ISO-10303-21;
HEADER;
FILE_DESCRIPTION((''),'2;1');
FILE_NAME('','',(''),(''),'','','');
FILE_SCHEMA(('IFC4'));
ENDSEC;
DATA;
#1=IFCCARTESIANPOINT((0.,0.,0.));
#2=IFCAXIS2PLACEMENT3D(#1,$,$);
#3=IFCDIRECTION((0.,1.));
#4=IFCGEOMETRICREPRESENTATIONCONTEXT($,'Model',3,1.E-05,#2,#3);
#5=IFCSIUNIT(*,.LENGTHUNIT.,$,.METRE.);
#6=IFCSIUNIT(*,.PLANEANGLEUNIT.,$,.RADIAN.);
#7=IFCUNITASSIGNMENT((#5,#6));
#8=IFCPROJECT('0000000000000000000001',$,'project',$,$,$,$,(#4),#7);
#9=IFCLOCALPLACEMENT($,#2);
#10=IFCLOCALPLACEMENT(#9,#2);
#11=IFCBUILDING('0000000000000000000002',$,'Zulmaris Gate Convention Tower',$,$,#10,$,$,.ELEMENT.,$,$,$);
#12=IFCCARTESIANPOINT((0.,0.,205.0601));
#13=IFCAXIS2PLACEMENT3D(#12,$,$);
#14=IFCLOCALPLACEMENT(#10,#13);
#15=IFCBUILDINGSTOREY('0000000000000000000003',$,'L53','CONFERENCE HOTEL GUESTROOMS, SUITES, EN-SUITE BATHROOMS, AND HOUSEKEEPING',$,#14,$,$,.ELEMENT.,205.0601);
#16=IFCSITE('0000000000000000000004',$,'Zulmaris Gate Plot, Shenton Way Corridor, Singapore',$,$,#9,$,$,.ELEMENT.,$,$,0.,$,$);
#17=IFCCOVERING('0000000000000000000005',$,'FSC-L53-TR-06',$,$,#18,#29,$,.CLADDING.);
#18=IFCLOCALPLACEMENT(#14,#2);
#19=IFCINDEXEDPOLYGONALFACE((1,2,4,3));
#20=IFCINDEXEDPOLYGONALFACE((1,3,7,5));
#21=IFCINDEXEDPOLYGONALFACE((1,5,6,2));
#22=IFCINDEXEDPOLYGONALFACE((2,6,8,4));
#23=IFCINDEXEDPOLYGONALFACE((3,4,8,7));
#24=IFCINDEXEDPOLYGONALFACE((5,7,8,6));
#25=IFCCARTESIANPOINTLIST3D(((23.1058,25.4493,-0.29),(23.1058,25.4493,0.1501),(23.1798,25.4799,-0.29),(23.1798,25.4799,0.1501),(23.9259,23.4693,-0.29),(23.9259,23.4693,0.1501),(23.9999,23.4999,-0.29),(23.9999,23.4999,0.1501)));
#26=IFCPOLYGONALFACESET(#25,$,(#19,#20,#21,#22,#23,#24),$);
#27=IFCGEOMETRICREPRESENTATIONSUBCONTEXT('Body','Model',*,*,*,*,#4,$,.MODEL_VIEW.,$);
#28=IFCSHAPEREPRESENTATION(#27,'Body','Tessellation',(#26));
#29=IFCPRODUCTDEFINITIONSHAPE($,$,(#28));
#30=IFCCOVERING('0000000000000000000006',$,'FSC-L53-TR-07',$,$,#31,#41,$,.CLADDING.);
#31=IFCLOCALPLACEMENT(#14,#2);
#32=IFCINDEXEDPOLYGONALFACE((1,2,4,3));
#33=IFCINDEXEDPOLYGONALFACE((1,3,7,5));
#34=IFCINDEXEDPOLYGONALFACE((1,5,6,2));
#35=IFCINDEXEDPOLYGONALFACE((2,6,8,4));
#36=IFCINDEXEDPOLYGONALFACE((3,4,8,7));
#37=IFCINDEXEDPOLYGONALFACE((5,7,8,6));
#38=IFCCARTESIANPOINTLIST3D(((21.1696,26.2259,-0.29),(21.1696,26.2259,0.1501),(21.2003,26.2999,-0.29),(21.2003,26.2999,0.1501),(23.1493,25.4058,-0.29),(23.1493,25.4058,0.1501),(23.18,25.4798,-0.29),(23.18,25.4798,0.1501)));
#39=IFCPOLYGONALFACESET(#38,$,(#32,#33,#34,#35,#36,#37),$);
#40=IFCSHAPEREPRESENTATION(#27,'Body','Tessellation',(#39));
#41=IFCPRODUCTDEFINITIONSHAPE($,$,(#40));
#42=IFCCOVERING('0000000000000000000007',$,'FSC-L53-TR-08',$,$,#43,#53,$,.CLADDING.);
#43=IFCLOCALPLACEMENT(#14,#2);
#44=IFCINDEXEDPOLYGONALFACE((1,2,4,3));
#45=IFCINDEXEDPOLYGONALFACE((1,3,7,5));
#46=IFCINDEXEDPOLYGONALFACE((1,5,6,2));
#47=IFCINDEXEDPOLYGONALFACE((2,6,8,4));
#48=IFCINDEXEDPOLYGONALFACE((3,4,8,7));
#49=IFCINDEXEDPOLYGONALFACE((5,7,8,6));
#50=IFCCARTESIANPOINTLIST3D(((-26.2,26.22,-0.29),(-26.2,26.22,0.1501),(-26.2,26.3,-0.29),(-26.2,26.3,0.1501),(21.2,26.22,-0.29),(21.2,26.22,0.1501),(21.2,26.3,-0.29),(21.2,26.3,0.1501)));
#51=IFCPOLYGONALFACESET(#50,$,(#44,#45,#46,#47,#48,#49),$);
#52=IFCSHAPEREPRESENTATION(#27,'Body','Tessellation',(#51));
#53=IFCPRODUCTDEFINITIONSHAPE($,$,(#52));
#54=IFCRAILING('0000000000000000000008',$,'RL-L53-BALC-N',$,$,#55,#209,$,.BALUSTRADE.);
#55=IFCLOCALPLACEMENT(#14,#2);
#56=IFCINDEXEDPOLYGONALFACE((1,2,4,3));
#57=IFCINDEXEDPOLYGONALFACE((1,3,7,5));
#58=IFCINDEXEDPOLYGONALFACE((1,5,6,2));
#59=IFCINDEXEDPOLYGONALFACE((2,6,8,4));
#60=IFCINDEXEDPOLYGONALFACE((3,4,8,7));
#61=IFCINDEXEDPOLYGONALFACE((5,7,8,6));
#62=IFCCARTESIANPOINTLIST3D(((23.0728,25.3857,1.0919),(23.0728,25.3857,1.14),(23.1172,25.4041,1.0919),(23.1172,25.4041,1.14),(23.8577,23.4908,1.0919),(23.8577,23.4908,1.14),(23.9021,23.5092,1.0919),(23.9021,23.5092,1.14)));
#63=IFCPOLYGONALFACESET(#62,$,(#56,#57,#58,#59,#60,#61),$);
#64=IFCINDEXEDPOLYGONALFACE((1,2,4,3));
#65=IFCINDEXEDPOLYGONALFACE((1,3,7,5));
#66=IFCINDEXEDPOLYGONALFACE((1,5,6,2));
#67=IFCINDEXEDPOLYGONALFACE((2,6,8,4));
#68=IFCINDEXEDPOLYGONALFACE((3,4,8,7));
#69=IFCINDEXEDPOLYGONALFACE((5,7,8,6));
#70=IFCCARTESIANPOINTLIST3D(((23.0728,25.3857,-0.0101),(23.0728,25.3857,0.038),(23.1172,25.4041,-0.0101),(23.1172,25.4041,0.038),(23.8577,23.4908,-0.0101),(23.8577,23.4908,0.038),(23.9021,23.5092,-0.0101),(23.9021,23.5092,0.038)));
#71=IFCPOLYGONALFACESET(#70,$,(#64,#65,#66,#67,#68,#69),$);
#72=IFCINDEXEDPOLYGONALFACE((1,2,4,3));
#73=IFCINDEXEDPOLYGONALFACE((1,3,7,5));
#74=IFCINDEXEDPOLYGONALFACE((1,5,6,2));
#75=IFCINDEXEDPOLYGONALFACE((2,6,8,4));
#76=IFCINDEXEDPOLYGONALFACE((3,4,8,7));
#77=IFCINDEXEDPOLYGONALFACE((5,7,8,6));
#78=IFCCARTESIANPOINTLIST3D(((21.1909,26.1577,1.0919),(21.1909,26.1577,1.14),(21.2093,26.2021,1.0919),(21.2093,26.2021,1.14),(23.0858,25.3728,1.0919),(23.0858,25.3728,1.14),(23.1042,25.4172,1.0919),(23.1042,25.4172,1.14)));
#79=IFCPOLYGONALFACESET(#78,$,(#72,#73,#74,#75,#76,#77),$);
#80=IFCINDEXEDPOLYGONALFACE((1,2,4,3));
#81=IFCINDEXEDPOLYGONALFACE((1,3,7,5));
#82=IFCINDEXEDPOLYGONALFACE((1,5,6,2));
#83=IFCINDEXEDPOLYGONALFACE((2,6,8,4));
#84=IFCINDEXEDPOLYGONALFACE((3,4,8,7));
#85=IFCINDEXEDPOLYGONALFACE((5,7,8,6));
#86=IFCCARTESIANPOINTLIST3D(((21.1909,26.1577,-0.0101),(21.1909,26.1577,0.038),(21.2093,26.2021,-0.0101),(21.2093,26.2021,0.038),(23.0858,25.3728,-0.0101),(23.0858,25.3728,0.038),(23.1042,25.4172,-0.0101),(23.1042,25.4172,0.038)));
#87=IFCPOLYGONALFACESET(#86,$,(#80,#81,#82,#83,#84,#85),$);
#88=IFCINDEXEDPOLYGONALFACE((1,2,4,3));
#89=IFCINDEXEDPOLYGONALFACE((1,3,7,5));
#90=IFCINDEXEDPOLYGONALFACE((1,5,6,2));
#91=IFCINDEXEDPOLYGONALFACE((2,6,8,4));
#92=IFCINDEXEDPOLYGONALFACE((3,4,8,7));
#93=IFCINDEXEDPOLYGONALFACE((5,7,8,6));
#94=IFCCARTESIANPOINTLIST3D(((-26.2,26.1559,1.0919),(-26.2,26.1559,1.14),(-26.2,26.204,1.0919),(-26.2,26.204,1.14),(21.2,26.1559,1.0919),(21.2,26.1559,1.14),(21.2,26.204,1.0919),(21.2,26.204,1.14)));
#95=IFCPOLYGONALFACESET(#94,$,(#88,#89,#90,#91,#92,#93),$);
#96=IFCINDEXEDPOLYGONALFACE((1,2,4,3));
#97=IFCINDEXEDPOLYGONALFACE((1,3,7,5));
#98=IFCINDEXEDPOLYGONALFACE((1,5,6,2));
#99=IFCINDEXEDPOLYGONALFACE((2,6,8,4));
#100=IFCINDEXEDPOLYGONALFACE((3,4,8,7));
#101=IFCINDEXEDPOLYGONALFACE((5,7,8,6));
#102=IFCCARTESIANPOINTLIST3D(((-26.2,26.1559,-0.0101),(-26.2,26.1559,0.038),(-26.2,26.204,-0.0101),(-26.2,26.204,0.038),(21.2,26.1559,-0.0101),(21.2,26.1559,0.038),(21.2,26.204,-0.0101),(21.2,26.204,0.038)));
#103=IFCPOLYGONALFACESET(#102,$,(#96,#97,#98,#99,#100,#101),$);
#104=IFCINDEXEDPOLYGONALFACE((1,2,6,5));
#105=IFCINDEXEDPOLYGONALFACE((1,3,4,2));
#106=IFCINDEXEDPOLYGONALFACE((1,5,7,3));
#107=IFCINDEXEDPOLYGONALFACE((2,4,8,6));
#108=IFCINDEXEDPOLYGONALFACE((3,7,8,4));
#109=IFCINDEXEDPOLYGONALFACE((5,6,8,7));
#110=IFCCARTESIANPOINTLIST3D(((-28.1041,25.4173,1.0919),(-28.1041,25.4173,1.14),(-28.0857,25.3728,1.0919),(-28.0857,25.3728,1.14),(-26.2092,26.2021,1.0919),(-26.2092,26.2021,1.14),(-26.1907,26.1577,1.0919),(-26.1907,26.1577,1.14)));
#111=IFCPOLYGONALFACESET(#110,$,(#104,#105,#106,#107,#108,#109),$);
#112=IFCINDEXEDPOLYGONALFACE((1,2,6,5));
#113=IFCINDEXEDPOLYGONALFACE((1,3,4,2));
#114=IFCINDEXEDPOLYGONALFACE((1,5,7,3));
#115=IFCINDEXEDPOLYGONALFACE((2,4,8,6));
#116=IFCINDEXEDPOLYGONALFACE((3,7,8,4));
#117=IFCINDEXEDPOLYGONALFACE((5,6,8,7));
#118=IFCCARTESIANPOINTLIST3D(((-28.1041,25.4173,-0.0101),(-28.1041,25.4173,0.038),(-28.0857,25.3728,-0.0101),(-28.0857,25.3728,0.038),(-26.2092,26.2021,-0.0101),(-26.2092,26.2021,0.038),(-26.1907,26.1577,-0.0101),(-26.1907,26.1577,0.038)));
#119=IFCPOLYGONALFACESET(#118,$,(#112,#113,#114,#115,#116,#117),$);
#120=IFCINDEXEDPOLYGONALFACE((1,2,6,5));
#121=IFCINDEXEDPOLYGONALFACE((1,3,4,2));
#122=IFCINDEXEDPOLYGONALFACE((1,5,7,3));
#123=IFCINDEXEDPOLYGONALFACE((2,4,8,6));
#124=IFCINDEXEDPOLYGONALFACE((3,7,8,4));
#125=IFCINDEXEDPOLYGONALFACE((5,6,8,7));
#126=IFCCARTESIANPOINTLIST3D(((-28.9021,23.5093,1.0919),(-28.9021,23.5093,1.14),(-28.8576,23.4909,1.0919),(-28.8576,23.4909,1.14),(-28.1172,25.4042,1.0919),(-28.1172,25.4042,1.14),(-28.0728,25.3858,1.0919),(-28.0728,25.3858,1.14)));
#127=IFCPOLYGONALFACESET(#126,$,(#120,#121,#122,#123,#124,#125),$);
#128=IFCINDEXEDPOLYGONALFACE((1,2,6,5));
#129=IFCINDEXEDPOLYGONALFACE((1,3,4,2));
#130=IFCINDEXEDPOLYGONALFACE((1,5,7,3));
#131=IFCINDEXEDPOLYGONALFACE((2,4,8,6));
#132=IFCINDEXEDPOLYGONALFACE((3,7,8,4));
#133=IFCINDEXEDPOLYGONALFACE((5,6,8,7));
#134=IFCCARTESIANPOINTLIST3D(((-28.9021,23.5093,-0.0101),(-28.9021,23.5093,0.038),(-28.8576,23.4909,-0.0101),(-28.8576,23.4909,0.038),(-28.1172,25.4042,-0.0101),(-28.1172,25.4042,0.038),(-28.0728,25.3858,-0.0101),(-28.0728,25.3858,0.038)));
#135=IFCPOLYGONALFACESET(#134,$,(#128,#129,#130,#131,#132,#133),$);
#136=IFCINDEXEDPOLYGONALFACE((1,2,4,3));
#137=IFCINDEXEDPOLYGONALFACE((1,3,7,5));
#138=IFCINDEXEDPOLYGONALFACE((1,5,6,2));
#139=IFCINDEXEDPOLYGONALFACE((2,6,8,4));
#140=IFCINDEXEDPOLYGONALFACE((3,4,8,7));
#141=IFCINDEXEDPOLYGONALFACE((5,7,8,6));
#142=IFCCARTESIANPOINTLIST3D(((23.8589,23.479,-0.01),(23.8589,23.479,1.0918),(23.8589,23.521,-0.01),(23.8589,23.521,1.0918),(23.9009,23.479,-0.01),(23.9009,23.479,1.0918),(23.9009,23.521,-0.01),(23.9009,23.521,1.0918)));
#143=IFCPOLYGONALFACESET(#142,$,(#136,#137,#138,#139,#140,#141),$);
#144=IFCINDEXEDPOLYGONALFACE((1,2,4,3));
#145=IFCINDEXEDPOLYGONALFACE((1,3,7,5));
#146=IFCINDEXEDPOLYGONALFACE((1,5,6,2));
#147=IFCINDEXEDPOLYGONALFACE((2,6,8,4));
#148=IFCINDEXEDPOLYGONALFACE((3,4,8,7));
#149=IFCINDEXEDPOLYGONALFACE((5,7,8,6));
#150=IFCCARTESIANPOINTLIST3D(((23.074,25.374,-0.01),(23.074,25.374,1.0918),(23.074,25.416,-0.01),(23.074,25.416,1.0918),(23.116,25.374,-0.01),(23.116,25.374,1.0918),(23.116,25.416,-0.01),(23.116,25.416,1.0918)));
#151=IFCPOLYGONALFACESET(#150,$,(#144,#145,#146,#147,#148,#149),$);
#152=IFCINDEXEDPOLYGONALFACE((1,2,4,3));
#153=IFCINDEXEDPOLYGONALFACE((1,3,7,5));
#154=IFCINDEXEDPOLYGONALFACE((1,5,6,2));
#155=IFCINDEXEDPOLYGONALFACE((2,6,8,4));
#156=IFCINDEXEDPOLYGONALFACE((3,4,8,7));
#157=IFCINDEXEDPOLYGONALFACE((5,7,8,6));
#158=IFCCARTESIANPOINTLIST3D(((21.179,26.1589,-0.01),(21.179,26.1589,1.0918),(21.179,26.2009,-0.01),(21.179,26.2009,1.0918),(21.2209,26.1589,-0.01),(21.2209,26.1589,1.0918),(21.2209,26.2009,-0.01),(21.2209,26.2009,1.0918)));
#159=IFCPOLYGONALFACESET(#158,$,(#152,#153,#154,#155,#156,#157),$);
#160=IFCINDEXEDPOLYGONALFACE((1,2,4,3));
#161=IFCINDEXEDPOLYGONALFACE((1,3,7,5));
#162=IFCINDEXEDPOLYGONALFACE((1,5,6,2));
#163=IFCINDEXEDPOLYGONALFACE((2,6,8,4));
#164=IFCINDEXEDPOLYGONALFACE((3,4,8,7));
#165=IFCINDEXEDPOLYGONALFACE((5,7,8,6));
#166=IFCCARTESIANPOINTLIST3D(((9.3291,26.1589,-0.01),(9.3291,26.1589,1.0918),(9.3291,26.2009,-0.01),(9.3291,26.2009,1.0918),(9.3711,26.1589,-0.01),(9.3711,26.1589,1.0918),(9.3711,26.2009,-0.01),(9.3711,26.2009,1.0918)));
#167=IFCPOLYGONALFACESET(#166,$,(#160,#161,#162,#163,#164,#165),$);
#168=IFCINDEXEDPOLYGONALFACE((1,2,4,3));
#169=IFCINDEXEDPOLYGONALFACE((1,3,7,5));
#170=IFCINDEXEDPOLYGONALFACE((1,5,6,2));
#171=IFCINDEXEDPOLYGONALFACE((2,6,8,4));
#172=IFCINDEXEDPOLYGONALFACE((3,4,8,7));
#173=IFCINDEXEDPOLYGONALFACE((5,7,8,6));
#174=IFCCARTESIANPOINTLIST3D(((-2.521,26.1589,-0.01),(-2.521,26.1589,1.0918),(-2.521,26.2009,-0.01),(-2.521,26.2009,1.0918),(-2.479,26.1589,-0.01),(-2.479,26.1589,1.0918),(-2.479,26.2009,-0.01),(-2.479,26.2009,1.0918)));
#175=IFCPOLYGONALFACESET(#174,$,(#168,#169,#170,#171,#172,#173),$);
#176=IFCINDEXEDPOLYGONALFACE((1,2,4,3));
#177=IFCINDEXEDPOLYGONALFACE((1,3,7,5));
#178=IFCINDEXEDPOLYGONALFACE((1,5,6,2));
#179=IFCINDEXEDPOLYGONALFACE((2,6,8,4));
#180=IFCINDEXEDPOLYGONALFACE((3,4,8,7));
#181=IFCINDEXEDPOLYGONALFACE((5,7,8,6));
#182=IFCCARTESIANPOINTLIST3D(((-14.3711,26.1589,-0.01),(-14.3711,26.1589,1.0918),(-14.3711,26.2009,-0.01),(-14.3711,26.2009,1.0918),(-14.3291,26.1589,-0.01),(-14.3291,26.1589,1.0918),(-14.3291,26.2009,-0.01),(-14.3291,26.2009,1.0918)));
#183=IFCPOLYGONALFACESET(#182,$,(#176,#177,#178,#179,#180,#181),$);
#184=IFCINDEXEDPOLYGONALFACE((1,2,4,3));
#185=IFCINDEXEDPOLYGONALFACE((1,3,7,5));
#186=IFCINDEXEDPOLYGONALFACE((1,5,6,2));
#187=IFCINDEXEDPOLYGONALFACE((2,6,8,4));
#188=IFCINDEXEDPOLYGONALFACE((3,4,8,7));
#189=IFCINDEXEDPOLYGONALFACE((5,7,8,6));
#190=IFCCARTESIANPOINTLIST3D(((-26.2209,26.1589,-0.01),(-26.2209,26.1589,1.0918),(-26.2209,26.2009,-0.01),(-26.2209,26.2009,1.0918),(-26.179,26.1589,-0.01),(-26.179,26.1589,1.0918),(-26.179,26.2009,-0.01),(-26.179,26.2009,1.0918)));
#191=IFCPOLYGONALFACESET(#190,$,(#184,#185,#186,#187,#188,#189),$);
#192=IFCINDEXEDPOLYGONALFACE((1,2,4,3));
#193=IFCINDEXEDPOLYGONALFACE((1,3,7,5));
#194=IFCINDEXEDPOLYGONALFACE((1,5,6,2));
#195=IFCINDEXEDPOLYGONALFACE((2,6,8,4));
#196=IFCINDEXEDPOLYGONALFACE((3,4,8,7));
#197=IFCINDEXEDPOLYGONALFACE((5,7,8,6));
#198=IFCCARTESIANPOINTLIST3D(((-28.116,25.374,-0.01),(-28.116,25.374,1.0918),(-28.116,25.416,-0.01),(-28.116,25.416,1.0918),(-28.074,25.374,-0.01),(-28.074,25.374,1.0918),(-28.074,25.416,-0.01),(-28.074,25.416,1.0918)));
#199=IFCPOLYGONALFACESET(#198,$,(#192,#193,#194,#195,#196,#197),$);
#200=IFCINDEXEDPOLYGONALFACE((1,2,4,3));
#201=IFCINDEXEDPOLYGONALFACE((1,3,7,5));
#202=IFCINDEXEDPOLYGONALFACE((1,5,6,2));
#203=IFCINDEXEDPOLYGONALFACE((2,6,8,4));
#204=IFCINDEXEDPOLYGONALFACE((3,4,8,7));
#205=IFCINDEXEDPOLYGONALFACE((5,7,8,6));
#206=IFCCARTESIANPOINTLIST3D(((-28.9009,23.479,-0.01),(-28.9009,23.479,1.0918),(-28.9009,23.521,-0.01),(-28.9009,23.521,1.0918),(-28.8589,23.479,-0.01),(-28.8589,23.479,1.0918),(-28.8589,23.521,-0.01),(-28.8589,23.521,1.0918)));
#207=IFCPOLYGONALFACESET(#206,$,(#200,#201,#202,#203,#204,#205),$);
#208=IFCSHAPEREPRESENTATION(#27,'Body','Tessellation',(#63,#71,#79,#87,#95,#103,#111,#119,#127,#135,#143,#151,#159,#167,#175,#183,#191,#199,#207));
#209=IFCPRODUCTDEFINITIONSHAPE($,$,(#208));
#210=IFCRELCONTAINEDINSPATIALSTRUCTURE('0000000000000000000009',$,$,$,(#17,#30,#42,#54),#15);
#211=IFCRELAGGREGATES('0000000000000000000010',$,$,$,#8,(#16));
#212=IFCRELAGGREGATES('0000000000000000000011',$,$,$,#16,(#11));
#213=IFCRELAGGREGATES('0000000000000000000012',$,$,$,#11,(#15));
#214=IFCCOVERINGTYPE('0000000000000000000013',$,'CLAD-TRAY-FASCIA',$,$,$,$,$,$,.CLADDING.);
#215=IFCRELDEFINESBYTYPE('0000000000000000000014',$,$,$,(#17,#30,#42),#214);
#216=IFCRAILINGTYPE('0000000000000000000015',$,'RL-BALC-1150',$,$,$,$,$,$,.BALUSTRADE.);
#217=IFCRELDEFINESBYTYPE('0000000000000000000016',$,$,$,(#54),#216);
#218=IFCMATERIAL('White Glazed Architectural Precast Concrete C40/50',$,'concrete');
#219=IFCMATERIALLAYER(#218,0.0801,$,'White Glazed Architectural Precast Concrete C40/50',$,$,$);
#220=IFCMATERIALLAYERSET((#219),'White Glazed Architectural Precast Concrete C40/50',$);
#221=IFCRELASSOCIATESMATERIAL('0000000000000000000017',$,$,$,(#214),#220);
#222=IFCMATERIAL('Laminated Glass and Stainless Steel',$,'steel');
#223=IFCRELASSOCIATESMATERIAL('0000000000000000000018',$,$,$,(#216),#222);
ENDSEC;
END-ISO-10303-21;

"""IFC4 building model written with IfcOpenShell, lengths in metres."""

from ifc_helpers import new_model, si_unit, direction, frame, frame_2d, origin, origin_2d, place, context, subcontext, project, spatial, rectangle, extrude, material, layer, layer_set, type_object, element, save


model = new_model("IFC4")

# Units and contexts
model_context = context("Model", 3, precision=1e-05, world=origin(), true_north=direction((0.0, 1.0)))
body_context = subcontext(model_context, "Body", "Model", "MODEL_VIEW")
ifc_project = project(units=[si_unit("LENGTHUNIT", "METRE"), si_unit("PLANEANGLEUNIT", "RADIAN")], contexts=[model_context])

# Site, building, storey
site_placement = place(None, origin())
site = spatial("IfcSite", under=ifc_project, at=site_placement, Name="Zulmaris Gate Plot, Shenton Way Corridor, Singapore", CompositionType="ELEMENT", RefElevation=0.0)
building_placement = place(site_placement, origin())
building = spatial("IfcBuilding", under=site, at=building_placement, Name="Zulmaris Gate Convention Tower", CompositionType="ELEMENT")
storey_placement = place(building_placement, frame((0.0, 0.0, 205.0601)))
storey = spatial("IfcBuildingStorey", under=building, at=storey_placement, Name="L53", Description="CONFERENCE HOTEL GUESTROOMS, SUITES, EN-SUITE BATHROOMS, AND HOUSEKEEPING", CompositionType="ELEMENT", Elevation=205.0601)

# Coverings
ifc_material_1 = material(Name="White Glazed Architectural Precast Concrete C40/50", Category="concrete")
ifc_layer_1 = layer(ifc_material_1, 0.0801, Name="White Glazed Architectural Precast Concrete C40/50")
ifc_layer_set_1 = layer_set([ifc_layer_1], Name="White Glazed Architectural Precast Concrete C40/50")
covering_type_1 = type_object("IfcCoveringType", Name="CLAD-TRAY-FASCIA", PredefinedType="CLADDING", material=ifc_layer_set_1)
covering_1_placement = place(storey_placement, frame((23.9629, 23.4846, -0.29), z_axis=(0.0, 0.0, 1.0), x_axis=(-0.382657, 0.92389, 0.0)))
element("IfcCovering", 1, at=covering_1_placement, inside=storey, type_object=covering_type_1, Name="FSC-L53-TR-06", PredefinedType="CLADDING", context=body_context, shape_type="SweptSolid", body=[
    extrude(rectangle(XDim=2.1431, YDim=0.0801, at=frame_2d((1.0715, 0.0))), origin(), (0.0, 0.0, 1.0), 0.4402),
])
covering_2_placement = place(storey_placement, frame((23.1646, 25.4429, -0.29), z_axis=(0.0, 0.0, 1.0), x_axis=(-0.923874, 0.382697, 0.0)))
element("IfcCovering", 2, at=covering_2_placement, inside=storey, type_object=covering_type_1, Name="FSC-L53-TR-07", PredefinedType="CLADDING", context=body_context, shape_type="SweptSolid", body=[
    extrude(rectangle(XDim=2.1428, YDim=0.0801, at=frame_2d((1.0713, 0.0))), origin(), (0.0, 0.0, 1.0), 0.4402),
])
covering_3_placement = place(storey_placement, frame((21.2, 26.26, -0.29), z_axis=(0.0, 0.0, 1.0), x_axis=(-1.0, 0.0, 0.0)))
element("IfcCovering", 3, at=covering_3_placement, inside=storey, type_object=covering_type_1, Name="FSC-L53-TR-08", PredefinedType="CLADDING", context=body_context, shape_type="SweptSolid", body=[
    extrude(rectangle(XDim=47.3999, YDim=0.0801, at=frame_2d((23.7, 0.0))), origin(), (0.0, 0.0, 1.0), 0.4402),
])

# Railing
ifc_material_2 = material(Name="Laminated Glass and Stainless Steel", Category="steel")
railing_type = type_object("IfcRailingType", Name="RL-BALC-1150", PredefinedType="BALUSTRADE", material=ifc_material_2)
railing_placement = place(storey_placement, frame((23.8799, 23.5, -0.01)))
element("IfcRailing", 4, at=railing_placement, inside=storey, type_object=railing_type, Name="RL-L53-BALC-N", PredefinedType="BALUSTRADE", context=body_context, shape_type="SweptSolid", body=[
    extrude(rectangle(XDim=0.0481, YDim=0.0481, at=origin_2d()), frame((0.0, 0.0, 1.126), z_axis=(-0.382671, 0.923885, 0.0), x_axis=(-0.923885, -0.382671, 0.0)), (0.0, 0.0, 1.0), 2.051),
    extrude(rectangle(XDim=0.0481, YDim=0.0481, at=origin_2d()), frame((0.0, 0.0, 0.0239), z_axis=(-0.382671, 0.923885, 0.0), x_axis=(-0.923885, -0.382671, 0.0)), (0.0, 0.0, 1.0), 2.051),
    extrude(rectangle(XDim=0.0481, YDim=0.0481, at=origin_2d()), frame((-0.7849, 1.895, 1.126), z_axis=(-0.923885, 0.382671, 0.0), x_axis=(-0.382671, -0.923885, 0.0)), (0.0, 0.0, 1.0), 2.051),
    extrude(rectangle(XDim=0.0481, YDim=0.0481, at=origin_2d()), frame((-0.7849, 1.895, 0.0239), z_axis=(-0.923885, 0.382671, 0.0), x_axis=(-0.382671, -0.923885, 0.0)), (0.0, 0.0, 1.0), 2.051),
    extrude(rectangle(XDim=0.0481, YDim=0.0481, at=origin_2d()), frame((-2.6799, 2.6799, 1.126), z_axis=(-1.0, 0.0, 0.0), x_axis=(0.0, -1.0, 0.0)), (0.0, 0.0, 1.0), 47.3999),
    extrude(rectangle(XDim=0.0481, YDim=0.0481, at=origin_2d()), frame((-2.6799, 2.6799, 0.0239), z_axis=(-1.0, 0.0, 0.0), x_axis=(0.0, -1.0, 0.0)), (0.0, 0.0, 1.0), 47.3999),
    extrude(rectangle(XDim=0.0481, YDim=0.0481, at=origin_2d()), frame((-50.0798, 2.6799, 1.126), z_axis=(-0.923885, -0.382671, 0.0), x_axis=(0.382671, -0.923885, 0.0)), (0.0, 0.0, 1.0), 2.051),
    extrude(rectangle(XDim=0.0481, YDim=0.0481, at=origin_2d()), frame((-50.0798, 2.6799, 0.0239), z_axis=(-0.923885, -0.382671, 0.0), x_axis=(0.382671, -0.923885, 0.0)), (0.0, 0.0, 1.0), 2.051),
    extrude(rectangle(XDim=0.0481, YDim=0.0481, at=origin_2d()), frame((-51.9749, 1.895, 1.126), z_axis=(-0.382671, -0.923885, 0.0), x_axis=(0.923885, -0.382671, 0.0)), (0.0, 0.0, 1.0), 2.051),
    extrude(rectangle(XDim=0.0481, YDim=0.0481, at=origin_2d()), frame((-51.9749, 1.895, 0.0239), z_axis=(-0.382671, -0.923885, 0.0), x_axis=(0.923885, -0.382671, 0.0)), (0.0, 0.0, 1.0), 2.051),
    extrude(rectangle(XDim=0.042, YDim=0.042, at=origin_2d()), origin(), (0.0, 0.0, 1.0), 1.1018),
    extrude(rectangle(XDim=0.042, YDim=0.042, at=origin_2d()), frame((-0.7849, 1.895, 0.0)), (0.0, 0.0, 1.0), 1.1018),
    extrude(rectangle(XDim=0.042, YDim=0.042, at=origin_2d()), frame((-2.6799, 2.6799, 0.0)), (0.0, 0.0, 1.0), 1.1018),
    extrude(rectangle(XDim=0.042, YDim=0.042, at=origin_2d()), frame((-14.5298, 2.6799, 0.0)), (0.0, 0.0, 1.0), 1.1018),
    extrude(rectangle(XDim=0.042, YDim=0.042, at=origin_2d()), frame((-26.3799, 2.6799, 0.0)), (0.0, 0.0, 1.0), 1.1018),
    extrude(rectangle(XDim=0.042, YDim=0.042, at=origin_2d()), frame((-38.23, 2.6799, 0.0)), (0.0, 0.0, 1.0), 1.1018),
    extrude(rectangle(XDim=0.042, YDim=0.042, at=origin_2d()), frame((-50.0798, 2.6799, 0.0)), (0.0, 0.0, 1.0), 1.1018),
    extrude(rectangle(XDim=0.042, YDim=0.042, at=origin_2d()), frame((-51.9749, 1.895, 0.0)), (0.0, 0.0, 1.0), 1.1018),
    extrude(rectangle(XDim=0.042, YDim=0.042, at=origin_2d()), frame((-52.7598, 0.0, 0.0)), (0.0, 0.0, 1.0), 1.1018),
])

save(model, "model.ifc")
